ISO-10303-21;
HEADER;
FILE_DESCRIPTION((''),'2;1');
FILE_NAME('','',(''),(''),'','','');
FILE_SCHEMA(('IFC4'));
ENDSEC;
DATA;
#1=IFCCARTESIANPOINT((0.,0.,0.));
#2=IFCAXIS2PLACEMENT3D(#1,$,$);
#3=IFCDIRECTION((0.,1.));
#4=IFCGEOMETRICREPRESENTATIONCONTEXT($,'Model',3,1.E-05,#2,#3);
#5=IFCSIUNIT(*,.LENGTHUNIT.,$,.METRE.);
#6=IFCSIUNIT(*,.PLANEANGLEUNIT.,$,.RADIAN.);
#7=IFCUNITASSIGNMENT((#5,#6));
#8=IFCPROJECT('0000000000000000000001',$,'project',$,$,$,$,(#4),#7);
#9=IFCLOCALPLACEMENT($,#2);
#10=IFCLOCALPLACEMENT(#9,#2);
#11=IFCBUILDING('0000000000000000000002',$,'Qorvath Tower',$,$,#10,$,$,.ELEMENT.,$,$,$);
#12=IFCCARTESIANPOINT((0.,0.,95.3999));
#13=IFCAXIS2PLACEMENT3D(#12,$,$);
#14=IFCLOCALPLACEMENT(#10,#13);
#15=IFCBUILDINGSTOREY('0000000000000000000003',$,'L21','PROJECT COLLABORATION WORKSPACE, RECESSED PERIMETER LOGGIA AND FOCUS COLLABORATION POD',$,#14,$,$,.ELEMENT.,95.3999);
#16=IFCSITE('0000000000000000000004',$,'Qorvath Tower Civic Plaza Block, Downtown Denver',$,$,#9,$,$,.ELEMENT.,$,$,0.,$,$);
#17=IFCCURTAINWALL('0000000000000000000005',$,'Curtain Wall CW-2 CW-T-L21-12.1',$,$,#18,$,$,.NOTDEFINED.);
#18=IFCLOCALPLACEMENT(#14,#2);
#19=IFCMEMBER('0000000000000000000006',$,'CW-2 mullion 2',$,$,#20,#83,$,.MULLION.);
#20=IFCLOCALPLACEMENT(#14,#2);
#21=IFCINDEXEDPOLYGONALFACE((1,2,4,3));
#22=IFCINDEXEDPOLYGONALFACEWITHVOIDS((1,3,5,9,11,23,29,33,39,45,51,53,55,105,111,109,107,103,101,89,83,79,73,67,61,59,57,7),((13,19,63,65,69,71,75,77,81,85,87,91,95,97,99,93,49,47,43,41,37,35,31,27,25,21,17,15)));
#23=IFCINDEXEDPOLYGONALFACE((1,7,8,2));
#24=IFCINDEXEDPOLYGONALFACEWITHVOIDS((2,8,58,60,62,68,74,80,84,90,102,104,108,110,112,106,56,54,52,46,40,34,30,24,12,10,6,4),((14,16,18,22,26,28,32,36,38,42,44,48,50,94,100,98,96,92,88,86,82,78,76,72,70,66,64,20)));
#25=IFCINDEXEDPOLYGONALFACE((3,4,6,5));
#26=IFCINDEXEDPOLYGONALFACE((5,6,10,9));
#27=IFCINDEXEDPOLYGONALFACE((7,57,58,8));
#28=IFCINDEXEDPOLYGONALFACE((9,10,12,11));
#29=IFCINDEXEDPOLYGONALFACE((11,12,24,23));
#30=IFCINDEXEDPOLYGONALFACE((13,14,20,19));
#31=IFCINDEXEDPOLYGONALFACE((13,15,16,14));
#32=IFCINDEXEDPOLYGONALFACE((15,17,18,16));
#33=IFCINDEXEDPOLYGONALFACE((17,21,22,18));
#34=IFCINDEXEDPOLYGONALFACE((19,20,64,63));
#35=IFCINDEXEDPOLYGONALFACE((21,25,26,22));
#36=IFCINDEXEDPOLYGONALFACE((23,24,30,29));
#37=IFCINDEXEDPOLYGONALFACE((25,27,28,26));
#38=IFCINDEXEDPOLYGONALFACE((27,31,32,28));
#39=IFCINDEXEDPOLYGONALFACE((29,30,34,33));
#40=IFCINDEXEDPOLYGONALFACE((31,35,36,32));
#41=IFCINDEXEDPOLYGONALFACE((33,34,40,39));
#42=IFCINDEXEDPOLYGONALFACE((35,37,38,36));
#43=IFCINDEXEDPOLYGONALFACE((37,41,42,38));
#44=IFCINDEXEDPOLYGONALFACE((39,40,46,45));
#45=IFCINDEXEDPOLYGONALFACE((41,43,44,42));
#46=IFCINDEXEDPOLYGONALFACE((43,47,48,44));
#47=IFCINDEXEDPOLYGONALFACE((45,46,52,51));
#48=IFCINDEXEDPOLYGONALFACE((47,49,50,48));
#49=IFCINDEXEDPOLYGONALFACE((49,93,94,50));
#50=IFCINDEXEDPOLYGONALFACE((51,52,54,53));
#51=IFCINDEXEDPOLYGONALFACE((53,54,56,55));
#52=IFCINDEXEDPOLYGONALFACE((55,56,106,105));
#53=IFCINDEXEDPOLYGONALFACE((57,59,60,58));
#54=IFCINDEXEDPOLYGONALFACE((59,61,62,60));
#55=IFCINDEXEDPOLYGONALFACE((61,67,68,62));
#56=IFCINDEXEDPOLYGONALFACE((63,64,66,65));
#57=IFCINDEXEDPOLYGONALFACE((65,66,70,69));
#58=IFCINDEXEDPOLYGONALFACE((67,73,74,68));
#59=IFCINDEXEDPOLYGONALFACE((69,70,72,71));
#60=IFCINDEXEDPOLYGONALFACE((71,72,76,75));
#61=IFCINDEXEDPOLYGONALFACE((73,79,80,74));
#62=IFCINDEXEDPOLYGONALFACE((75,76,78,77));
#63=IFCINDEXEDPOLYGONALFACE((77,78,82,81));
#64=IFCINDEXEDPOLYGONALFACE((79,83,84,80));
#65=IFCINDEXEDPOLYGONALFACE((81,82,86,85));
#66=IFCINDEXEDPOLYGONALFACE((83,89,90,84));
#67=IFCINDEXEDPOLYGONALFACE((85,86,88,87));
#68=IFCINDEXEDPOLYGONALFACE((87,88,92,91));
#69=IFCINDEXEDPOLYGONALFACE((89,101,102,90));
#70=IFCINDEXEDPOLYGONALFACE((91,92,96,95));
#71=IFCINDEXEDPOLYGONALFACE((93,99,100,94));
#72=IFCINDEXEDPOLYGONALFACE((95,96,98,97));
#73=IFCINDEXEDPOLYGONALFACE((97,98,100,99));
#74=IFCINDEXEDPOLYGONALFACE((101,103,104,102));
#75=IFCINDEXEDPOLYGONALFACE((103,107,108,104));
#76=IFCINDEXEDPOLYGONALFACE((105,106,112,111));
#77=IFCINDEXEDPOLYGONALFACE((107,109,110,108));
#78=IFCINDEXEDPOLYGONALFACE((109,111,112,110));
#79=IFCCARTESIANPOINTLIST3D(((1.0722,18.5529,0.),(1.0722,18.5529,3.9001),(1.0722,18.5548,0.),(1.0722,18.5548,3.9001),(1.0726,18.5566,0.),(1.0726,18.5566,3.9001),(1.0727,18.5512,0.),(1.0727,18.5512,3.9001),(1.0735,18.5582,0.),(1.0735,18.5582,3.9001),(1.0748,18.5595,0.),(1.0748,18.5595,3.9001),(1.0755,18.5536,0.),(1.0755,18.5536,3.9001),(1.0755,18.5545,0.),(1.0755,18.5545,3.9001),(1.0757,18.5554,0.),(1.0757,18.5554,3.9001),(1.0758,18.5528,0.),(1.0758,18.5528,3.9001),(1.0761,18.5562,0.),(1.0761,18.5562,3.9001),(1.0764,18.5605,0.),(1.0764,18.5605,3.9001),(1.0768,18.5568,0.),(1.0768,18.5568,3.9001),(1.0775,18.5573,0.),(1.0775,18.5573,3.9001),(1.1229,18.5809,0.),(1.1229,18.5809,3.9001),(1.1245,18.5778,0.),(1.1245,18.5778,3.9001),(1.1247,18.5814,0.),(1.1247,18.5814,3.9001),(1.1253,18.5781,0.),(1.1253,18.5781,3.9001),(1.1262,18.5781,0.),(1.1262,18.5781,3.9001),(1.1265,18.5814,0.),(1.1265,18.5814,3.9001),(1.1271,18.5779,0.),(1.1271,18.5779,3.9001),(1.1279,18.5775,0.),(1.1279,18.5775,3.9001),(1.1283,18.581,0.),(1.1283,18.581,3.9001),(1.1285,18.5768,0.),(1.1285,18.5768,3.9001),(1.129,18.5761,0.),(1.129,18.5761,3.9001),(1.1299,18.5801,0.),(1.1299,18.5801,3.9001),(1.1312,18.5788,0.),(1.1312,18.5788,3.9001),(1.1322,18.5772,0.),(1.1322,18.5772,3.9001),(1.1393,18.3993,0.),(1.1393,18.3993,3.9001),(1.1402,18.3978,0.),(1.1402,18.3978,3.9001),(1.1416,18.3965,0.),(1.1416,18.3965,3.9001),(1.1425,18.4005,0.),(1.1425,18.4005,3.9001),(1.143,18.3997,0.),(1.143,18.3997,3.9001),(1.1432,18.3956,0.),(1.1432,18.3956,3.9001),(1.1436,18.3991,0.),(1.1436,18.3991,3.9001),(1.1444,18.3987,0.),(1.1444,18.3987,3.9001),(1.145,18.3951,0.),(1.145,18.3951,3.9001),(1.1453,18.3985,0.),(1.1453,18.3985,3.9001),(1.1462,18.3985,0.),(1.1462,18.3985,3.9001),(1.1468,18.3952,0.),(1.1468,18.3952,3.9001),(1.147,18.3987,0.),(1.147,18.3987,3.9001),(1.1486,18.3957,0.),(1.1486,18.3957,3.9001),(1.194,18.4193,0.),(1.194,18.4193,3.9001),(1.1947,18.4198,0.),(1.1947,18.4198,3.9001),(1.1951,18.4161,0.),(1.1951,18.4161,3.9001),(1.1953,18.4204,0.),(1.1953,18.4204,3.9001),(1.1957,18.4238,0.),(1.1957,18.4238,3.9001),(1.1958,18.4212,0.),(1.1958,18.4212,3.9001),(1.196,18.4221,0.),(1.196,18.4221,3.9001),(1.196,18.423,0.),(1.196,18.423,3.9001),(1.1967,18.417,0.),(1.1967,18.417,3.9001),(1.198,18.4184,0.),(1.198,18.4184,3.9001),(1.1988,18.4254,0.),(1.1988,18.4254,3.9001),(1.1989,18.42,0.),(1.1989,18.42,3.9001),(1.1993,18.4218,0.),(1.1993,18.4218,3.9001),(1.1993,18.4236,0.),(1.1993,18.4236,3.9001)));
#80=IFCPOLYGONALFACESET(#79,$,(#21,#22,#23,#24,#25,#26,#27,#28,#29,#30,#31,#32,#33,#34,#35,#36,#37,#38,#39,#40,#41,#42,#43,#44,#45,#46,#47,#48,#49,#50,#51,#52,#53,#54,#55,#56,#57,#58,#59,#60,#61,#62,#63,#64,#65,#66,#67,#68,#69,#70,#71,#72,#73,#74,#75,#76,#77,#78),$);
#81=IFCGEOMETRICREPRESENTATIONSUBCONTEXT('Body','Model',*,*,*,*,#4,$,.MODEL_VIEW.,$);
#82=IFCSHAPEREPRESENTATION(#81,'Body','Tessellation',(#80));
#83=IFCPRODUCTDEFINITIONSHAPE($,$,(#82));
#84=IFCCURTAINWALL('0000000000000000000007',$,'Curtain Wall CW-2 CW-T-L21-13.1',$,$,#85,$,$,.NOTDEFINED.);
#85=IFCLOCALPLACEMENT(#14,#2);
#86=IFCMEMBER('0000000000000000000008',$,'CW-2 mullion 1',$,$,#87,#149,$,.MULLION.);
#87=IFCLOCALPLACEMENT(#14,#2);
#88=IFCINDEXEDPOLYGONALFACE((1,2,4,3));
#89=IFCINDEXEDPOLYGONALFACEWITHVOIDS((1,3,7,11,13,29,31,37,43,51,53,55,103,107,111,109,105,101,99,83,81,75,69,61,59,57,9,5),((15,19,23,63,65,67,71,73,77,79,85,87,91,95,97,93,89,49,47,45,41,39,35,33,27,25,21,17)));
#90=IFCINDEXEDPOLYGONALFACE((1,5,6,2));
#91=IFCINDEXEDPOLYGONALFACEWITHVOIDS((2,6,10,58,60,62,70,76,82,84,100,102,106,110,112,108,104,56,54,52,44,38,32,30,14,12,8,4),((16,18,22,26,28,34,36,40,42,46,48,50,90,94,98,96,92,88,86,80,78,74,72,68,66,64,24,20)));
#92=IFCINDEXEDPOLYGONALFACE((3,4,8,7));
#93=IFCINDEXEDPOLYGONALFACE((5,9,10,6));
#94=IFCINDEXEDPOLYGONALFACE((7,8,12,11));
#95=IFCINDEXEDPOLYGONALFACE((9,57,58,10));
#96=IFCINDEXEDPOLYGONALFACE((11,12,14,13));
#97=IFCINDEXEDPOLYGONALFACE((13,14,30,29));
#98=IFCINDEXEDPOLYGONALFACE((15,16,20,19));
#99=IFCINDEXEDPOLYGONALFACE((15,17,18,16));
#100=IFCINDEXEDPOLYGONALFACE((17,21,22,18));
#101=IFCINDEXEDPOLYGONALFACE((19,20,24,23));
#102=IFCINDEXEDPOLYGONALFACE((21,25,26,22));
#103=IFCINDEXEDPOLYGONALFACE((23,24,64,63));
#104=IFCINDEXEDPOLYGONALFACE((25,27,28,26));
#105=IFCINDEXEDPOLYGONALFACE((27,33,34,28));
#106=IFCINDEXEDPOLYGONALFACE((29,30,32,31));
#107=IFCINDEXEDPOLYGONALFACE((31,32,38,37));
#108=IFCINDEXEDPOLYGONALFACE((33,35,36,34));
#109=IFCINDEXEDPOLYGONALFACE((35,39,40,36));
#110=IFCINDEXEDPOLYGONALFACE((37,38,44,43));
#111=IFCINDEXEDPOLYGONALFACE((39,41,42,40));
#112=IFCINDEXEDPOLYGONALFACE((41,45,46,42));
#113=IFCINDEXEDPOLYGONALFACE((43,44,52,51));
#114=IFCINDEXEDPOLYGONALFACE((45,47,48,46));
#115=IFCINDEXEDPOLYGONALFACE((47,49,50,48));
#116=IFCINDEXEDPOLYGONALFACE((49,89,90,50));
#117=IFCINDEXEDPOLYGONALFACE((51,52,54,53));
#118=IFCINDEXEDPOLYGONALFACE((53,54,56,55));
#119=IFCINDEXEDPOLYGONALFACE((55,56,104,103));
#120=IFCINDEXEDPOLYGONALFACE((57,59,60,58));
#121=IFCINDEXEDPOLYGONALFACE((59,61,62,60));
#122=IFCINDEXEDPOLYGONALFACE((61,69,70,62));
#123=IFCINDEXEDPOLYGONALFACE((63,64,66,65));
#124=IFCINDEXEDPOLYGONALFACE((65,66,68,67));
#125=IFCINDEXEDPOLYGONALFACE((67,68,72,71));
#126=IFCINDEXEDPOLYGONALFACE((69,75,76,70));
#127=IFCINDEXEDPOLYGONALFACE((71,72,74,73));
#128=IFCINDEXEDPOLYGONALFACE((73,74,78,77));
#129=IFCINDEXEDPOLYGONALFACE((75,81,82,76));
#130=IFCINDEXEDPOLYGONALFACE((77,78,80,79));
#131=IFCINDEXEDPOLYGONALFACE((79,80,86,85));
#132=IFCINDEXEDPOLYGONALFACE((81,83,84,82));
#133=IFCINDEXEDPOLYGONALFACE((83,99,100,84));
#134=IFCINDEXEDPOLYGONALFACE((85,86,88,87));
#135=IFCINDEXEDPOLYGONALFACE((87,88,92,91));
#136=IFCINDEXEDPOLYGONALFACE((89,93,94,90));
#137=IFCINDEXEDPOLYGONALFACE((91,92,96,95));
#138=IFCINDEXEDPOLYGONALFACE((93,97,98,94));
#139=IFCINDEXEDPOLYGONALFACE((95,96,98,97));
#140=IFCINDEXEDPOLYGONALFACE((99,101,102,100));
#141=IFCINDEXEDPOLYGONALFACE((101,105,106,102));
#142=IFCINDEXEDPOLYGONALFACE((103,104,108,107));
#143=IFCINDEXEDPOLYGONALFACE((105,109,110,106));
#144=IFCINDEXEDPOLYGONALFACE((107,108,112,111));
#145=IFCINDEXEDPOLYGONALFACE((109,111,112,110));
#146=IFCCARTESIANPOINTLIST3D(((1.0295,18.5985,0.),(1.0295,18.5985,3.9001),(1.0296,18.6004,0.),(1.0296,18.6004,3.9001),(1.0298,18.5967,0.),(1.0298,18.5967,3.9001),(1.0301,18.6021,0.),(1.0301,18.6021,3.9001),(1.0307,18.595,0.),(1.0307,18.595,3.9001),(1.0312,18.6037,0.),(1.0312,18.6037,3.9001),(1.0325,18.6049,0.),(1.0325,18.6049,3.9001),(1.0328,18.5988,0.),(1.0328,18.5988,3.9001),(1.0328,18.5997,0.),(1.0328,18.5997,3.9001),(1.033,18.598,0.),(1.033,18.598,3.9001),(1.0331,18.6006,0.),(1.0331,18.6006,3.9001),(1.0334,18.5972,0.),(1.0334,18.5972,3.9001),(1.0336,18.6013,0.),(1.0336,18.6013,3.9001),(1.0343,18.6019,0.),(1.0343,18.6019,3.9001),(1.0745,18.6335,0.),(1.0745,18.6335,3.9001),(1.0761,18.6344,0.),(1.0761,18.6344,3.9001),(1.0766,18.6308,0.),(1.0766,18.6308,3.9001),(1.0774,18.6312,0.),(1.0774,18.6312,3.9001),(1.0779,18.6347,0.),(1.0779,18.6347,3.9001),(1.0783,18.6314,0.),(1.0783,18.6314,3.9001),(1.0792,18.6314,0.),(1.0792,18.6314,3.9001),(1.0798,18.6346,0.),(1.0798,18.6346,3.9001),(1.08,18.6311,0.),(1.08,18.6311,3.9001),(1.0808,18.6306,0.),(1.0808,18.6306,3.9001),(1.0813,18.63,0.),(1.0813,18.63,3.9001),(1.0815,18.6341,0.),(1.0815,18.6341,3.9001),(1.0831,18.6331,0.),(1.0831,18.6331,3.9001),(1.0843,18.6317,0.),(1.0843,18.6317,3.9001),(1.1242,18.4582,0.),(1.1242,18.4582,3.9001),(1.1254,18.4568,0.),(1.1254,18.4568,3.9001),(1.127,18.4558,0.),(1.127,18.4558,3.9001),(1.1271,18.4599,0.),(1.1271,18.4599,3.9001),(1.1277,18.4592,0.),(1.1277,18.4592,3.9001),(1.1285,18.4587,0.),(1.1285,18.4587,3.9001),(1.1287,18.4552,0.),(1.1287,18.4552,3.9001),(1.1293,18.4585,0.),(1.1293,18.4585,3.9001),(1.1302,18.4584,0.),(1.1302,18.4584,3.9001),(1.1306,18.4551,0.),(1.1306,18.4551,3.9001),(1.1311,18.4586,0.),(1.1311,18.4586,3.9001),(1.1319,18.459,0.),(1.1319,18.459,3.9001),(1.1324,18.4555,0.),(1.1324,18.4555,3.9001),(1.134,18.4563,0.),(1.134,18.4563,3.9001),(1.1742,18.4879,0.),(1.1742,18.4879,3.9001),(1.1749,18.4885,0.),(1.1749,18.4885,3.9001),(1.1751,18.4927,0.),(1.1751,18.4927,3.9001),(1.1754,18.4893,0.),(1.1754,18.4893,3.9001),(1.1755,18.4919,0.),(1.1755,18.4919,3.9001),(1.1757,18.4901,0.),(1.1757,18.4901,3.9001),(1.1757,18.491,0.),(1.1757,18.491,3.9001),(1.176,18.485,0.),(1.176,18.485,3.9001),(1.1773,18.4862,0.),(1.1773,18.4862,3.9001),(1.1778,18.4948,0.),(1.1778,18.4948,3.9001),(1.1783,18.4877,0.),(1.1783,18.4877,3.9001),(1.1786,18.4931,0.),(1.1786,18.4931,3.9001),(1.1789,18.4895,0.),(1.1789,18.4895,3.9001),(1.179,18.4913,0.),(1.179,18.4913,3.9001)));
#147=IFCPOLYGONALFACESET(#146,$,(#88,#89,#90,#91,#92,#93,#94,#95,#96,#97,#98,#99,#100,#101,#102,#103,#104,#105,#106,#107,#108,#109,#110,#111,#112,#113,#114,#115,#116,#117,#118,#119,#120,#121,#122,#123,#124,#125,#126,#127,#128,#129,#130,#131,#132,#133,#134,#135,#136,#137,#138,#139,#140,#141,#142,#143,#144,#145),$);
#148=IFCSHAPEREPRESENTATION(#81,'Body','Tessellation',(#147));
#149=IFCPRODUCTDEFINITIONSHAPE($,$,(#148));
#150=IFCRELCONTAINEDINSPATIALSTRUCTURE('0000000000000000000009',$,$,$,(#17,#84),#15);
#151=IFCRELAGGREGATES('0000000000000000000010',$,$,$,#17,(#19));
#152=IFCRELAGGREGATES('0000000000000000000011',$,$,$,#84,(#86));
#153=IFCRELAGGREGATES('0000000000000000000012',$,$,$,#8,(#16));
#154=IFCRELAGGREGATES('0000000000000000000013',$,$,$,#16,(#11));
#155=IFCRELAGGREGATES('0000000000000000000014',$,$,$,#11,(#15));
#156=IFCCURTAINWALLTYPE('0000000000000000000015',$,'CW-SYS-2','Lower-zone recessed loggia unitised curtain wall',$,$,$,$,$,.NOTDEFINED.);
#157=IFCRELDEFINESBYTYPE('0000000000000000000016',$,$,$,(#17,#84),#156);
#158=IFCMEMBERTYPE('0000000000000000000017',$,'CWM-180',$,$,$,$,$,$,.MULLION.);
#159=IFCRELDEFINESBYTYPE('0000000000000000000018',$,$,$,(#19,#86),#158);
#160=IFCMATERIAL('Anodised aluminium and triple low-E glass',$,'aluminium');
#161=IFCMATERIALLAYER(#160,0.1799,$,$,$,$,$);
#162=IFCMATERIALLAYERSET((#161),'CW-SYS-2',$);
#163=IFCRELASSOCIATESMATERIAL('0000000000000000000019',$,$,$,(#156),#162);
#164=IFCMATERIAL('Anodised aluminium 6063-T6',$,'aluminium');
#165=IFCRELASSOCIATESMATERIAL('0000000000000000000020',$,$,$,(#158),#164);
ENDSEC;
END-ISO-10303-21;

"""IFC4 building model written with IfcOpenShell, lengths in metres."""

from ifc_helpers import new_model, si_unit, direction, frame, origin, origin_2d, place, context, subcontext, project, spatial, hollow_rectangle, extrude, material, layer, layer_set, material_profile, profile_set, type_object, element, aggregate, save


model = new_model("IFC4")

# Units and contexts
model_context = context("Model", 3, precision=1e-05, world=origin(), true_north=direction((0.0, 1.0)))
body_context = subcontext(model_context, "Body", "Model", "MODEL_VIEW")
ifc_project = project(units=[si_unit("LENGTHUNIT", "METRE"), si_unit("PLANEANGLEUNIT", "RADIAN")], contexts=[model_context])

# Site, building, storey
site_placement = place(None, origin())
site = spatial("IfcSite", under=ifc_project, at=site_placement, Name="Qorvath Tower Civic Plaza Block, Downtown Denver", CompositionType="ELEMENT", RefElevation=0.0)
building_placement = place(site_placement, origin())
building = spatial("IfcBuilding", under=site, at=building_placement, Name="Qorvath Tower", CompositionType="ELEMENT")
storey_placement = place(building_placement, frame((0.0, 0.0, 95.3999)))
storey = spatial("IfcBuildingStorey", under=building, at=storey_placement, Name="L21", Description="PROJECT COLLABORATION WORKSPACE, RECESSED PERIMETER LOGGIA AND FOCUS COLLABORATION POD", CompositionType="ELEMENT", Elevation=95.3999)

# Shared definitions
ifc_material_1 = material(Name="Anodised aluminium and triple low-E glass", Category="aluminium")
ifc_layer_1 = layer(ifc_material_1, 0.1799)
ifc_layer_set_1 = layer_set([ifc_layer_1], Name="CW-SYS-2")
curtain_wall_type = type_object("IfcCurtainWallType", Name="CW-SYS-2", Description="Lower-zone recessed loggia unitised curtain wall", PredefinedType="NOTDEFINED", material=ifc_layer_set_1)
ifc_material_2 = material(Name="Anodised aluminium 6063-T6", Category="aluminium")
ifc_material_profile_1 = material_profile(ifc_material_2, hollow_rectangle(XDim=0.0649, YDim=0.1799, WallThickness=0.0034, InnerFilletRadius=0.0034, OuterFilletRadius=0.0071, at=origin_2d()), Name="CWM 180x65")
ifc_profile_set_1 = profile_set([ifc_material_profile_1], Name="Anodised aluminium 6063-T6")
member_type_1 = type_object("IfcMemberType", Name="CWM-180", PredefinedType="MULLION", material=ifc_profile_set_1)

# Curtain walls, members
curtain_wall_1_placement = place(storey_placement, origin())
curtain_wall_1 = element("IfcCurtainWall", 1, at=curtain_wall_1_placement, inside=storey, type_object=curtain_wall_type, Name="Curtain Wall CW-2 CW-T-L21-12.1", PredefinedType="NOTDEFINED")
member_1_placement = place(storey_placement, frame((1.1357, 18.4883, 0.0), z_axis=(0.0, 0.0, 1.0), x_axis=(-0.915869, -0.401477, 0.0)))
member_1 = element("IfcMember", 2, at=member_1_placement, type_object=member_type_1, Name="CW-2 mullion 2", PredefinedType="MULLION", context=body_context, shape_type="SweptSolid", body=[
    extrude(hollow_rectangle(XDim=0.0649, YDim=0.1799, WallThickness=0.0034, InnerFilletRadius=0.0034, OuterFilletRadius=0.0071, at=origin_2d()), origin(), (0.0, 0.0, 1.0), 3.9001),
])
curtain_wall_2_placement = place(storey_placement, origin())
curtain_wall_2 = element("IfcCurtainWall", 3, at=curtain_wall_2_placement, inside=storey, type_object=curtain_wall_type, Name="Curtain Wall CW-2 CW-T-L21-13.1", PredefinedType="NOTDEFINED")
member_2_placement = place(storey_placement, frame((1.1042, 18.5449, 0.0), z_axis=(0.0, 0.0, 1.0), x_axis=(-0.825733, -0.564062, 0.0)))
member_2 = element("IfcMember", 4, at=member_2_placement, type_object=member_type_1, Name="CW-2 mullion 1", PredefinedType="MULLION", context=body_context, shape_type="SweptSolid", body=[
    extrude(hollow_rectangle(XDim=0.0649, YDim=0.1799, WallThickness=0.0034, InnerFilletRadius=0.0034, OuterFilletRadius=0.0071, at=origin_2d()), origin(), (0.0, 0.0, 1.0), 3.9001),
])

aggregate(curtain_wall_1, [member_1])
aggregate(curtain_wall_2, [member_2])

save(model, "model.ifc")
